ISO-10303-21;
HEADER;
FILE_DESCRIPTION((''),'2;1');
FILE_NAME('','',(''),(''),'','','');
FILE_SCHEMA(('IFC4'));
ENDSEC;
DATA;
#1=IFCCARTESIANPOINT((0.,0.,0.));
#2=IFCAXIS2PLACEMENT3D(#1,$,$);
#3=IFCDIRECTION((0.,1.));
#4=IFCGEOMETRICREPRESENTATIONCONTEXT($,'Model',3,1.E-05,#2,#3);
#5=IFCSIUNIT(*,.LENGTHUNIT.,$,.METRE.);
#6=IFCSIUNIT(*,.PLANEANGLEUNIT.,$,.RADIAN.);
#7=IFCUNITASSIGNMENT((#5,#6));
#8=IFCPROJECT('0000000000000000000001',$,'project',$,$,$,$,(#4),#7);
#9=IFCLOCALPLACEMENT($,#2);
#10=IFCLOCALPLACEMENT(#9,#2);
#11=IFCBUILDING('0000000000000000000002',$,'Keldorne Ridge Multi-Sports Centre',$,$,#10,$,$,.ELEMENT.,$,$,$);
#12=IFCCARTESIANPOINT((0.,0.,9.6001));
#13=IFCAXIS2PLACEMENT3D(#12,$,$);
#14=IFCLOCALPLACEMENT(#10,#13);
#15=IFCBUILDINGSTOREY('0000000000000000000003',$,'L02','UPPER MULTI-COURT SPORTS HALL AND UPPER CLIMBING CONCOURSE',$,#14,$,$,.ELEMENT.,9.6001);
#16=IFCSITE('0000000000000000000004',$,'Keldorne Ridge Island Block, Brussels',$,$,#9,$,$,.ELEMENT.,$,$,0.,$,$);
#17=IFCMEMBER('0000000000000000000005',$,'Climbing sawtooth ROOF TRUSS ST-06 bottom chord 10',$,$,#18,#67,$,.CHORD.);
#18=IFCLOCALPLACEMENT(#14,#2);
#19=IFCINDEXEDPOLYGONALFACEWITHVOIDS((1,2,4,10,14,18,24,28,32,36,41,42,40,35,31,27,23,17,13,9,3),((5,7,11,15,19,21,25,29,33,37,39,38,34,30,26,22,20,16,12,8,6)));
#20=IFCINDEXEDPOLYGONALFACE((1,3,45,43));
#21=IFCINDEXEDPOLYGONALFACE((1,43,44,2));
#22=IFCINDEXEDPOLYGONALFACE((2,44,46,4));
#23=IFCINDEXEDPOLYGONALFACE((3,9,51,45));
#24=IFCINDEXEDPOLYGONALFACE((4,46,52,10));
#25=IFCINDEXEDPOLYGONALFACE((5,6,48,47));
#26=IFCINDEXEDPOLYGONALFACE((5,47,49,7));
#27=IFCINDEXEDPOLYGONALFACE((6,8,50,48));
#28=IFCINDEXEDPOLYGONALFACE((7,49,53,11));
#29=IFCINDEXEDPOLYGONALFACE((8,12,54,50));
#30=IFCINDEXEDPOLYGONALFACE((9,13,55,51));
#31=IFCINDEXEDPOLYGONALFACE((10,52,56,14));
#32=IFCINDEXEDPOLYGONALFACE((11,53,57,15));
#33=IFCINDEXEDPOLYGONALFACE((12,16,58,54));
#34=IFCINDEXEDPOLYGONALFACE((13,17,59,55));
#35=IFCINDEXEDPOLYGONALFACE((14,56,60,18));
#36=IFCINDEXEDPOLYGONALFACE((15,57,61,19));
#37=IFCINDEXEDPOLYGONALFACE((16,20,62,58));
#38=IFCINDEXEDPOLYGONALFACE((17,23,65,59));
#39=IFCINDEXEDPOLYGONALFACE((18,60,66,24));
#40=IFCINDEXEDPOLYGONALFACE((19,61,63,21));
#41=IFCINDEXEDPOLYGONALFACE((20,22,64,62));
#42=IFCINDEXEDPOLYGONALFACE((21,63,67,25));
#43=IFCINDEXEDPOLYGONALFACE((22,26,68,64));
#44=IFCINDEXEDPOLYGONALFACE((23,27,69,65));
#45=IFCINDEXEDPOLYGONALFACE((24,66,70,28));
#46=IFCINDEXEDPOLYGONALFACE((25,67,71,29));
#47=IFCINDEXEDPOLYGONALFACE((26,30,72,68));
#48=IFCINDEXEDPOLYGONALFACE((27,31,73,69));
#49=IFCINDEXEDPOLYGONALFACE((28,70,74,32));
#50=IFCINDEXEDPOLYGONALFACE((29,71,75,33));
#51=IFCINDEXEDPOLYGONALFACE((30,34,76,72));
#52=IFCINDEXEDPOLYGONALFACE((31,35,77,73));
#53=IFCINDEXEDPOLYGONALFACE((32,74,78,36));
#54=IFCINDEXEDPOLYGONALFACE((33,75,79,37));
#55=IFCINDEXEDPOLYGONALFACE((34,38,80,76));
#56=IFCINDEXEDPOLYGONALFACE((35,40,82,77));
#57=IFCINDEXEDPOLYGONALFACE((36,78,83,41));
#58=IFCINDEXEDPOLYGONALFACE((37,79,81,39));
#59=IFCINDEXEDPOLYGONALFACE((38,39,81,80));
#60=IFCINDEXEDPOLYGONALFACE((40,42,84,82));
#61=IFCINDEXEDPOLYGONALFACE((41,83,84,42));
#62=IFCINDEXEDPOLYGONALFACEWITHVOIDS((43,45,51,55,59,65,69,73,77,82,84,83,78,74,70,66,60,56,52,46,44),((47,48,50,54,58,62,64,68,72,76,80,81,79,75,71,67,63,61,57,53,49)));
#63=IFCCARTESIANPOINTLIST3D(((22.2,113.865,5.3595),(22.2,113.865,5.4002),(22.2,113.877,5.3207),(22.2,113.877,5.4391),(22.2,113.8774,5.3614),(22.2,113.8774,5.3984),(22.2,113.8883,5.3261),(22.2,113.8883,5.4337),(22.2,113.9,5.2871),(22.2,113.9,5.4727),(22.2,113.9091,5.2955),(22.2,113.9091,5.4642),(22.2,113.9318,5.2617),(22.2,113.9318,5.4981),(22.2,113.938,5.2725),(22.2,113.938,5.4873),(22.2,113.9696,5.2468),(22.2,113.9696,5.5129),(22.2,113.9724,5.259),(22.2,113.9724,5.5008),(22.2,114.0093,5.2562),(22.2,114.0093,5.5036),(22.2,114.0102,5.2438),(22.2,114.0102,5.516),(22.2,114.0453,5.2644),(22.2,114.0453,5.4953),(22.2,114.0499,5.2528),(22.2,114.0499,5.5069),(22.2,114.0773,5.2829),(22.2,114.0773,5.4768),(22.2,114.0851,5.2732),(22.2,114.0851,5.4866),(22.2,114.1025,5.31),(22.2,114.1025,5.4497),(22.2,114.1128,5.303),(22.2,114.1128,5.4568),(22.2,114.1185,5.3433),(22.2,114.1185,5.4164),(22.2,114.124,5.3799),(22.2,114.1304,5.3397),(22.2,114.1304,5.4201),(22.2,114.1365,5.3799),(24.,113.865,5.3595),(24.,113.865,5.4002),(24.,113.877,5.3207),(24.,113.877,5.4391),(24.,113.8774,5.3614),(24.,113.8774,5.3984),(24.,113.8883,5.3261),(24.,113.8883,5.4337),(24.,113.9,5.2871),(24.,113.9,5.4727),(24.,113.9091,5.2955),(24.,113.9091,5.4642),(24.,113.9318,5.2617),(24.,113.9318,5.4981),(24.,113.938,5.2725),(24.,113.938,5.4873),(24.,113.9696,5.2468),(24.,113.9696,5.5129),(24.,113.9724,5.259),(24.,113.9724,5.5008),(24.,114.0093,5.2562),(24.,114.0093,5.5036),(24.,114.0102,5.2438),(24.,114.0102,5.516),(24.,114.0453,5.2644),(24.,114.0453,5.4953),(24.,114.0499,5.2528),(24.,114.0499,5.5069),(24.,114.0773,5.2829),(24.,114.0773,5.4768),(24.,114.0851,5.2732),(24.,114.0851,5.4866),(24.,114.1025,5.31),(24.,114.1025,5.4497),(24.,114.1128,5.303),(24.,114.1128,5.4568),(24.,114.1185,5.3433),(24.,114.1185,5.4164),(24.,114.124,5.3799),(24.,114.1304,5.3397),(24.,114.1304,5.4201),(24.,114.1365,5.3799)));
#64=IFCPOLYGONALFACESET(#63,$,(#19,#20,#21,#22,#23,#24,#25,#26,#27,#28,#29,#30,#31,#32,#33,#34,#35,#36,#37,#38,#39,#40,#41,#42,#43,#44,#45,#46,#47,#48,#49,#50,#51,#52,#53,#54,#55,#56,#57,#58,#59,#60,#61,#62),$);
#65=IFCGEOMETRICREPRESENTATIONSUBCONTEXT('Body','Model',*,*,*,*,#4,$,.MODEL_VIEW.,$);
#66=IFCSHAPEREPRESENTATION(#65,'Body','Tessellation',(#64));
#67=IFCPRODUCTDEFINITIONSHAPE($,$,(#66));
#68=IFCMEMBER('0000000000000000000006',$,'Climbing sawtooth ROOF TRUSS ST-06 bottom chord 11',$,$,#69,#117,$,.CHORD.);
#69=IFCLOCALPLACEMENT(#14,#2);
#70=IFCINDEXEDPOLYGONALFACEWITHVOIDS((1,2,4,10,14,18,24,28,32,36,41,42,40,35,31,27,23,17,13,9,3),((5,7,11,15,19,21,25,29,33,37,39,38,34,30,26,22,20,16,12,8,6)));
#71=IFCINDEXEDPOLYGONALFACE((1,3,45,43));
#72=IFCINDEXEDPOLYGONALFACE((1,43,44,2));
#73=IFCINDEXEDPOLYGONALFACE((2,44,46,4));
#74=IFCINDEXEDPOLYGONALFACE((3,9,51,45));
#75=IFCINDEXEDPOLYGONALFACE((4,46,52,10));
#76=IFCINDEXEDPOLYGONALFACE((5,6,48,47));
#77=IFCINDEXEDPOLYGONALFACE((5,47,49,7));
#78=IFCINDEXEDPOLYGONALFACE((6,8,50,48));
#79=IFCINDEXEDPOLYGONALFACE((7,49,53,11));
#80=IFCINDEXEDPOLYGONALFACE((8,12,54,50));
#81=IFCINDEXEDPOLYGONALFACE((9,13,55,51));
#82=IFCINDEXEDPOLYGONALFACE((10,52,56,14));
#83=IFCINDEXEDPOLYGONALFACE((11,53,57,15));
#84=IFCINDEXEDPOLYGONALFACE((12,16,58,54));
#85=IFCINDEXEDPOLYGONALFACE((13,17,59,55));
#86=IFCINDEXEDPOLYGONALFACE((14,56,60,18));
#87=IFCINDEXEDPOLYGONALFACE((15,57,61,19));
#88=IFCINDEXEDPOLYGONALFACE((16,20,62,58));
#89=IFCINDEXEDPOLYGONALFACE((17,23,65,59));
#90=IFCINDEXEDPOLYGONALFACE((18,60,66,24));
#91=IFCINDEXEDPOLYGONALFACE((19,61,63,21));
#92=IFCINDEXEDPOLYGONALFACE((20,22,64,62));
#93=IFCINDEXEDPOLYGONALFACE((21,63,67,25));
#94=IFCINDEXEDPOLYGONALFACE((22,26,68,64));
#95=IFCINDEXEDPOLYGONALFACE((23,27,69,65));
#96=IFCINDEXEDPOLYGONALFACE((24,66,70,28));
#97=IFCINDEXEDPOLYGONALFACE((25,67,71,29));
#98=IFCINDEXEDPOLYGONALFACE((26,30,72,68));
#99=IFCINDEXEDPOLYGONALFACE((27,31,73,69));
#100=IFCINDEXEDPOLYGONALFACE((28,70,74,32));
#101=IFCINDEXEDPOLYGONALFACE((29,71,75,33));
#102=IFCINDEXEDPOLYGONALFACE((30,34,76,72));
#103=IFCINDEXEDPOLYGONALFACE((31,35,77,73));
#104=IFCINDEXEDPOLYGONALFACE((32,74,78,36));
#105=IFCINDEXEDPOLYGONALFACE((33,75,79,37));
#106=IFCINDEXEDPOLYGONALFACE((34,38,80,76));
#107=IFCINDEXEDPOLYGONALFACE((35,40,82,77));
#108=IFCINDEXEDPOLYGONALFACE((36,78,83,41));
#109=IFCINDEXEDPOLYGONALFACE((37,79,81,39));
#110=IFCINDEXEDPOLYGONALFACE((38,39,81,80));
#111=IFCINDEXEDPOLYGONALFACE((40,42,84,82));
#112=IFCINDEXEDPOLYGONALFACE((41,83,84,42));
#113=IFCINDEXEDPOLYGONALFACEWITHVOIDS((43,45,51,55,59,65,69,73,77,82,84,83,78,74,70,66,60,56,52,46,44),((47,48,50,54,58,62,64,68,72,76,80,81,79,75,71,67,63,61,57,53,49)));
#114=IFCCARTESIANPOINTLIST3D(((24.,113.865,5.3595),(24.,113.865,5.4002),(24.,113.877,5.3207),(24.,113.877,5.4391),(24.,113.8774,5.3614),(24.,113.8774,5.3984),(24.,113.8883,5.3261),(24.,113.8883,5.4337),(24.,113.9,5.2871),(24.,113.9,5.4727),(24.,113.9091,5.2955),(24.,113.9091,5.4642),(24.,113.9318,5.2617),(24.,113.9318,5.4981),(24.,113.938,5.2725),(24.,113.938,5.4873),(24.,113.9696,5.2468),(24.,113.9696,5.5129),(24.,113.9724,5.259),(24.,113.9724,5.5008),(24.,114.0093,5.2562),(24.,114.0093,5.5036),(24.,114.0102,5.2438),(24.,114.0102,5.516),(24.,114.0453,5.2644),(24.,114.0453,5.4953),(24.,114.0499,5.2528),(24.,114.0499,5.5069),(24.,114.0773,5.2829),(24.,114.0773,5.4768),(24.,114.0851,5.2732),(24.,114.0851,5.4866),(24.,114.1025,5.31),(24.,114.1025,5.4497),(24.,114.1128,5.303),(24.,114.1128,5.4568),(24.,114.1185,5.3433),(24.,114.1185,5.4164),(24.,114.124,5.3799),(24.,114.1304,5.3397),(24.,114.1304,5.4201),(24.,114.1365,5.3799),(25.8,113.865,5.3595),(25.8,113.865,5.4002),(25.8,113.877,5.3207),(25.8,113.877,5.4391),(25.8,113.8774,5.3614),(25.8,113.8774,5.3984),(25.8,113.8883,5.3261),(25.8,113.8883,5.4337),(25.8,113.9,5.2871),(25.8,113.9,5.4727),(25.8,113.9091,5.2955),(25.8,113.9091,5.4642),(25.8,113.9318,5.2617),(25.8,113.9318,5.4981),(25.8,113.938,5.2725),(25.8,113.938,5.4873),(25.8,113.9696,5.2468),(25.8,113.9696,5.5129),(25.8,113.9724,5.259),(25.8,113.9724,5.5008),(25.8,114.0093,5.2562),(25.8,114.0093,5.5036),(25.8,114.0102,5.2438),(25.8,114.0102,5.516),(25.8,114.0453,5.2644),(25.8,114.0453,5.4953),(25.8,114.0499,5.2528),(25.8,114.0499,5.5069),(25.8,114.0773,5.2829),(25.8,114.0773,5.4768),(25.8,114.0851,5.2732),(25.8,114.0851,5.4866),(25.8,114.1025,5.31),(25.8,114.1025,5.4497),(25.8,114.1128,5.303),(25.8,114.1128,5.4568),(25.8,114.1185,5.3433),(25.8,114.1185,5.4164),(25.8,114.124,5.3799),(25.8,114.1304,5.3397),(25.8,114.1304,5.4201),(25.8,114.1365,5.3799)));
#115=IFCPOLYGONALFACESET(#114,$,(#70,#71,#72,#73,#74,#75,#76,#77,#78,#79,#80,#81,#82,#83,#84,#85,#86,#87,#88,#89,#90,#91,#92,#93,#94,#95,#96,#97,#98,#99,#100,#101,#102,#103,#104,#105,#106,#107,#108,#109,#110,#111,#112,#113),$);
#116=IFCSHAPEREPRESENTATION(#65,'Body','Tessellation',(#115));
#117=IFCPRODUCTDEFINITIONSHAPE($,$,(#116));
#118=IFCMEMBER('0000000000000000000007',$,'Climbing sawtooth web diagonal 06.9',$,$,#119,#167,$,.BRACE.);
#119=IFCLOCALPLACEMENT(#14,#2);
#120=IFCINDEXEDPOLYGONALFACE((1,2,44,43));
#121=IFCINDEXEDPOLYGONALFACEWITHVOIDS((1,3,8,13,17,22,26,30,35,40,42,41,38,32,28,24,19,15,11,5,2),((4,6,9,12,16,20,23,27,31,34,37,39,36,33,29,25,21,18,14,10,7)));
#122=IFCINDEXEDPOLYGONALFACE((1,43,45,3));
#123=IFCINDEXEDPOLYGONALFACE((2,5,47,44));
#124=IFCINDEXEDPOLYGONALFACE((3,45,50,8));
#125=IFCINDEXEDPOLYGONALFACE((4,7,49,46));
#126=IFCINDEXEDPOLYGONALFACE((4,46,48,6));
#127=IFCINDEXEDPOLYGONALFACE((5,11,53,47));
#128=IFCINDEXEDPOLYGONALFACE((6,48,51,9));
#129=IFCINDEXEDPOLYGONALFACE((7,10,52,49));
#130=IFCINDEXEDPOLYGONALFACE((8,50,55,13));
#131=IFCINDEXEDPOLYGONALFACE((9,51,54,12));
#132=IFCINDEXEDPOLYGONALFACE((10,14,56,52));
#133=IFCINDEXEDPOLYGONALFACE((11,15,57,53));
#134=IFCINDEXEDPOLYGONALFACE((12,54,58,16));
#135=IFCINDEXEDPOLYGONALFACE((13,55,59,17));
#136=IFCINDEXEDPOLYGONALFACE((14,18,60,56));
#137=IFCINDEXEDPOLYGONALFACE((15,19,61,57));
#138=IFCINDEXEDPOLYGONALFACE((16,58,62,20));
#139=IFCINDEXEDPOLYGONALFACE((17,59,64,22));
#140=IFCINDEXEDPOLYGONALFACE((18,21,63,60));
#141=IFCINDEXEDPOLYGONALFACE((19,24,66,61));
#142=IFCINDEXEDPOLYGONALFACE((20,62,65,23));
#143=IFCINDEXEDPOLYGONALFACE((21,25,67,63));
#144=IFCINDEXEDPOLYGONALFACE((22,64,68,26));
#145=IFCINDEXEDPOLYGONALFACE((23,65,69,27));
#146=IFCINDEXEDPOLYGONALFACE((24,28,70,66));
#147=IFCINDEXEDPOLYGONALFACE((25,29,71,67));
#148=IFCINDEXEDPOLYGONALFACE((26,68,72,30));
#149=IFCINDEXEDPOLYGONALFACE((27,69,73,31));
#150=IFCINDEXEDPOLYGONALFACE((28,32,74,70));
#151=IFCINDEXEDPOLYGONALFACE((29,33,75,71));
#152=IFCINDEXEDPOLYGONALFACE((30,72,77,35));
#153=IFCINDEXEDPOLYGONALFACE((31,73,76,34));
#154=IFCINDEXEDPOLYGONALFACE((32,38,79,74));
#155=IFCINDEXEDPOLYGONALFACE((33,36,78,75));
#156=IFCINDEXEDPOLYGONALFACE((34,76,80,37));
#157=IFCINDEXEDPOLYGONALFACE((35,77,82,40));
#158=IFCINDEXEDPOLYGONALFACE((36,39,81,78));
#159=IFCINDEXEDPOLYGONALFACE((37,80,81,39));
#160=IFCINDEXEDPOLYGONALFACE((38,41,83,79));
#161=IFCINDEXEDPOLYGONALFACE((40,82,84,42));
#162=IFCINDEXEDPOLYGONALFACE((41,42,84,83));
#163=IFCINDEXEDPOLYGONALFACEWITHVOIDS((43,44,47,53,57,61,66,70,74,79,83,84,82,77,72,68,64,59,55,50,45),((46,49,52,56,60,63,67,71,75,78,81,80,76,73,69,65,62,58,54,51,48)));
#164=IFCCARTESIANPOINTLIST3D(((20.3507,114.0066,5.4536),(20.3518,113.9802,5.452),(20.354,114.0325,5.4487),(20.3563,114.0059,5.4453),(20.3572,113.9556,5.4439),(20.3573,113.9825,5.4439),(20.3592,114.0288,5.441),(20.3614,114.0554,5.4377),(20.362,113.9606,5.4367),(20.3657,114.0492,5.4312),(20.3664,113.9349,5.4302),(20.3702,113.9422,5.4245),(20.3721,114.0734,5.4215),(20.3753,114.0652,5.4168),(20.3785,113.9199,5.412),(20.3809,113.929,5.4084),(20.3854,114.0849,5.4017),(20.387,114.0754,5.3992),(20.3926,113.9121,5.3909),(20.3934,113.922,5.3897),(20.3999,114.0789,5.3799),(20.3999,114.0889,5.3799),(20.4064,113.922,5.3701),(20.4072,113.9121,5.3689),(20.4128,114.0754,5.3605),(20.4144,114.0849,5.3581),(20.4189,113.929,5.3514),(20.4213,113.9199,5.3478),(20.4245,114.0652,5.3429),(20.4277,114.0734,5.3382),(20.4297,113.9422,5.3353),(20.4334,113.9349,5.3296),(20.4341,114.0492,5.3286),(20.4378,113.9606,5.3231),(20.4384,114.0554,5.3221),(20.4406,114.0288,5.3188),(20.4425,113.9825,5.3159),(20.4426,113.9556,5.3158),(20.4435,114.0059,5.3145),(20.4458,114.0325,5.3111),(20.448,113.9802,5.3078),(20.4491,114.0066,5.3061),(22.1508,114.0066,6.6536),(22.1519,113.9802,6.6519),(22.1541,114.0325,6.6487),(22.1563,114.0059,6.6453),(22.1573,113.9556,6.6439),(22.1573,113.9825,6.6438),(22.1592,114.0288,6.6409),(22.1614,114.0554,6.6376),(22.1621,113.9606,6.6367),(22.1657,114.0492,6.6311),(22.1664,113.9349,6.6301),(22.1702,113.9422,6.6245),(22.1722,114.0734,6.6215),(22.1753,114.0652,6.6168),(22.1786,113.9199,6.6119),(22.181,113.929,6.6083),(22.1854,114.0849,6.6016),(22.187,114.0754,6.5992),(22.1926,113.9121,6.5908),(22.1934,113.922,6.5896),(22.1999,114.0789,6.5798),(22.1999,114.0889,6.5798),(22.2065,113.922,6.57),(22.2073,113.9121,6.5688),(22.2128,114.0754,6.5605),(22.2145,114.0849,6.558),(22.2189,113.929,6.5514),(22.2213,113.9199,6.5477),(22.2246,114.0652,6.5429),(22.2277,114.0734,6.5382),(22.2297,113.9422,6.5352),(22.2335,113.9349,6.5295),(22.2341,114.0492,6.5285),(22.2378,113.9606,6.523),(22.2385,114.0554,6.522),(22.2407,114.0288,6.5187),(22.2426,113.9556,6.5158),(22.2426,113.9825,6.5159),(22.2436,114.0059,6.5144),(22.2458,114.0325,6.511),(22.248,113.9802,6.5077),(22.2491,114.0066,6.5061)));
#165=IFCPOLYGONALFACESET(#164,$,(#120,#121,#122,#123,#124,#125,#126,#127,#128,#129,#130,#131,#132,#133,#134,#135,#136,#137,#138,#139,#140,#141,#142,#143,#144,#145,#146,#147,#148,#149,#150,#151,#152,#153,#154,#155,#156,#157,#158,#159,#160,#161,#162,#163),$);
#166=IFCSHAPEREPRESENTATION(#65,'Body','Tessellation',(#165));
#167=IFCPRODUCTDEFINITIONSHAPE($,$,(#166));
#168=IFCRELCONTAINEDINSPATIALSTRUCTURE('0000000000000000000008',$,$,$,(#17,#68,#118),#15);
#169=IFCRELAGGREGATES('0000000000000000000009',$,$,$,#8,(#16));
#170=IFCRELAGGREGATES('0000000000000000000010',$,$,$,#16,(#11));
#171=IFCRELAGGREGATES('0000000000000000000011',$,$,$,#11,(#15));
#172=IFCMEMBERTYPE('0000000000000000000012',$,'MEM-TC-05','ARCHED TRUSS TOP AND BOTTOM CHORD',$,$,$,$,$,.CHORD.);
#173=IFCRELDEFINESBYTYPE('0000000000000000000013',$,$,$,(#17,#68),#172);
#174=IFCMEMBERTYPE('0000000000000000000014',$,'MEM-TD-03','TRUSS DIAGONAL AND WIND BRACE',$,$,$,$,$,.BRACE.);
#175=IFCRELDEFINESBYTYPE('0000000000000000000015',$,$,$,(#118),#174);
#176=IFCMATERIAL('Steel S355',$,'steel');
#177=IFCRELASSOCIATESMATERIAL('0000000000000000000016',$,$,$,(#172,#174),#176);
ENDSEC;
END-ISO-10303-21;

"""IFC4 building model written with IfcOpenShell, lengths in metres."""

from ifc_helpers import new_model, si_unit, direction, frame, origin, origin_2d, place, context, subcontext, project, spatial, hollow_circle, extrude, material, material_profile, profile_set, type_object, element, save


model = new_model("IFC4")

# Units and contexts
model_context = context("Model", 3, precision=1e-05, world=origin(), true_north=direction((0.0, 1.0)))
body_context = subcontext(model_context, "Body", "Model", "MODEL_VIEW")
ifc_project = project(units=[si_unit("LENGTHUNIT", "METRE"), si_unit("PLANEANGLEUNIT", "RADIAN")], contexts=[model_context])

# Site, building, storey
site_placement = place(None, origin())
site = spatial("IfcSite", under=ifc_project, at=site_placement, Name="Keldorne Ridge Island Block, Brussels", CompositionType="ELEMENT", RefElevation=0.0)
building_placement = place(site_placement, origin())
building = spatial("IfcBuilding", under=site, at=building_placement, Name="Keldorne Ridge Multi-Sports Centre", CompositionType="ELEMENT")
storey_placement = place(building_placement, frame((0.0, 0.0, 9.6001)))
storey = spatial("IfcBuildingStorey", under=building, at=storey_placement, Name="L02", Description="UPPER MULTI-COURT SPORTS HALL AND UPPER CLIMBING CONCOURSE", CompositionType="ELEMENT", Elevation=9.6001)

# Shared definitions
ifc_material_1 = material(Name="Steel S355", Category="steel")

# Members
ifc_material_profile_1 = material_profile(ifc_material_1, hollow_circle(Radius=0.1365, WallThickness=0.0125, at=origin_2d()), Name="CHS 273x12.5")
ifc_profile_set_1 = profile_set([ifc_material_profile_1], Name="Steel S355")
member_type_1 = type_object("IfcMemberType", Name="MEM-TC-05", Description="ARCHED TRUSS TOP AND BOTTOM CHORD", PredefinedType="CHORD", material=ifc_profile_set_1)
for number, where, z_axis, x_axis, name in (
    (1, (22.2, 114.0, 5.3799), (1.0, 0.0, 0.0), (0.0, 1.0, 0.0), "Climbing sawtooth ROOF TRUSS ST-06 bottom chord 10"),
    (2, (24.0, 114.0, 5.3799), (1.0, 0.0, 0.0), (0.0, 1.0, 0.0), "Climbing sawtooth ROOF TRUSS ST-06 bottom chord 11"),
):
    element("IfcMember", number, at=place(storey_placement, frame(where, z_axis=z_axis, x_axis=x_axis)), inside=storey, type_object=member_type_1, Name=name, PredefinedType="CHORD", context=body_context, shape_type="SweptSolid", body=[
        extrude(hollow_circle(Radius=0.1365, WallThickness=0.0125, at=origin_2d()), origin(), (0.0, 0.0, 1.0), 1.8),
    ])
ifc_material_profile_2 = material_profile(ifc_material_1, hollow_circle(Radius=0.0889, WallThickness=0.01, at=origin_2d()), Name="CHS 177.8x10")
ifc_profile_set_2 = profile_set([ifc_material_profile_2], Name="Steel S355")
member_type_2 = type_object("IfcMemberType", Name="MEM-TD-03", Description="TRUSS DIAGONAL AND WIND BRACE", PredefinedType="BRACE", material=ifc_profile_set_2)
for number, where, z_axis, x_axis, name in (
    (3, (20.3999, 114.0, 5.3799), (0.832068, 0.0, 0.554674), (0.0, 1.0, 0.0), "Climbing sawtooth web diagonal 06.9"),
):
    element("IfcMember", number, at=place(storey_placement, frame(where, z_axis=z_axis, x_axis=x_axis)), inside=storey, type_object=member_type_2, Name=name, PredefinedType="BRACE", context=body_context, shape_type="SweptSolid", body=[
        extrude(hollow_circle(Radius=0.0889, WallThickness=0.01, at=origin_2d()), origin(), (0.0, 0.0, 1.0), 2.1633),
    ])

save(model, "model.ifc")
